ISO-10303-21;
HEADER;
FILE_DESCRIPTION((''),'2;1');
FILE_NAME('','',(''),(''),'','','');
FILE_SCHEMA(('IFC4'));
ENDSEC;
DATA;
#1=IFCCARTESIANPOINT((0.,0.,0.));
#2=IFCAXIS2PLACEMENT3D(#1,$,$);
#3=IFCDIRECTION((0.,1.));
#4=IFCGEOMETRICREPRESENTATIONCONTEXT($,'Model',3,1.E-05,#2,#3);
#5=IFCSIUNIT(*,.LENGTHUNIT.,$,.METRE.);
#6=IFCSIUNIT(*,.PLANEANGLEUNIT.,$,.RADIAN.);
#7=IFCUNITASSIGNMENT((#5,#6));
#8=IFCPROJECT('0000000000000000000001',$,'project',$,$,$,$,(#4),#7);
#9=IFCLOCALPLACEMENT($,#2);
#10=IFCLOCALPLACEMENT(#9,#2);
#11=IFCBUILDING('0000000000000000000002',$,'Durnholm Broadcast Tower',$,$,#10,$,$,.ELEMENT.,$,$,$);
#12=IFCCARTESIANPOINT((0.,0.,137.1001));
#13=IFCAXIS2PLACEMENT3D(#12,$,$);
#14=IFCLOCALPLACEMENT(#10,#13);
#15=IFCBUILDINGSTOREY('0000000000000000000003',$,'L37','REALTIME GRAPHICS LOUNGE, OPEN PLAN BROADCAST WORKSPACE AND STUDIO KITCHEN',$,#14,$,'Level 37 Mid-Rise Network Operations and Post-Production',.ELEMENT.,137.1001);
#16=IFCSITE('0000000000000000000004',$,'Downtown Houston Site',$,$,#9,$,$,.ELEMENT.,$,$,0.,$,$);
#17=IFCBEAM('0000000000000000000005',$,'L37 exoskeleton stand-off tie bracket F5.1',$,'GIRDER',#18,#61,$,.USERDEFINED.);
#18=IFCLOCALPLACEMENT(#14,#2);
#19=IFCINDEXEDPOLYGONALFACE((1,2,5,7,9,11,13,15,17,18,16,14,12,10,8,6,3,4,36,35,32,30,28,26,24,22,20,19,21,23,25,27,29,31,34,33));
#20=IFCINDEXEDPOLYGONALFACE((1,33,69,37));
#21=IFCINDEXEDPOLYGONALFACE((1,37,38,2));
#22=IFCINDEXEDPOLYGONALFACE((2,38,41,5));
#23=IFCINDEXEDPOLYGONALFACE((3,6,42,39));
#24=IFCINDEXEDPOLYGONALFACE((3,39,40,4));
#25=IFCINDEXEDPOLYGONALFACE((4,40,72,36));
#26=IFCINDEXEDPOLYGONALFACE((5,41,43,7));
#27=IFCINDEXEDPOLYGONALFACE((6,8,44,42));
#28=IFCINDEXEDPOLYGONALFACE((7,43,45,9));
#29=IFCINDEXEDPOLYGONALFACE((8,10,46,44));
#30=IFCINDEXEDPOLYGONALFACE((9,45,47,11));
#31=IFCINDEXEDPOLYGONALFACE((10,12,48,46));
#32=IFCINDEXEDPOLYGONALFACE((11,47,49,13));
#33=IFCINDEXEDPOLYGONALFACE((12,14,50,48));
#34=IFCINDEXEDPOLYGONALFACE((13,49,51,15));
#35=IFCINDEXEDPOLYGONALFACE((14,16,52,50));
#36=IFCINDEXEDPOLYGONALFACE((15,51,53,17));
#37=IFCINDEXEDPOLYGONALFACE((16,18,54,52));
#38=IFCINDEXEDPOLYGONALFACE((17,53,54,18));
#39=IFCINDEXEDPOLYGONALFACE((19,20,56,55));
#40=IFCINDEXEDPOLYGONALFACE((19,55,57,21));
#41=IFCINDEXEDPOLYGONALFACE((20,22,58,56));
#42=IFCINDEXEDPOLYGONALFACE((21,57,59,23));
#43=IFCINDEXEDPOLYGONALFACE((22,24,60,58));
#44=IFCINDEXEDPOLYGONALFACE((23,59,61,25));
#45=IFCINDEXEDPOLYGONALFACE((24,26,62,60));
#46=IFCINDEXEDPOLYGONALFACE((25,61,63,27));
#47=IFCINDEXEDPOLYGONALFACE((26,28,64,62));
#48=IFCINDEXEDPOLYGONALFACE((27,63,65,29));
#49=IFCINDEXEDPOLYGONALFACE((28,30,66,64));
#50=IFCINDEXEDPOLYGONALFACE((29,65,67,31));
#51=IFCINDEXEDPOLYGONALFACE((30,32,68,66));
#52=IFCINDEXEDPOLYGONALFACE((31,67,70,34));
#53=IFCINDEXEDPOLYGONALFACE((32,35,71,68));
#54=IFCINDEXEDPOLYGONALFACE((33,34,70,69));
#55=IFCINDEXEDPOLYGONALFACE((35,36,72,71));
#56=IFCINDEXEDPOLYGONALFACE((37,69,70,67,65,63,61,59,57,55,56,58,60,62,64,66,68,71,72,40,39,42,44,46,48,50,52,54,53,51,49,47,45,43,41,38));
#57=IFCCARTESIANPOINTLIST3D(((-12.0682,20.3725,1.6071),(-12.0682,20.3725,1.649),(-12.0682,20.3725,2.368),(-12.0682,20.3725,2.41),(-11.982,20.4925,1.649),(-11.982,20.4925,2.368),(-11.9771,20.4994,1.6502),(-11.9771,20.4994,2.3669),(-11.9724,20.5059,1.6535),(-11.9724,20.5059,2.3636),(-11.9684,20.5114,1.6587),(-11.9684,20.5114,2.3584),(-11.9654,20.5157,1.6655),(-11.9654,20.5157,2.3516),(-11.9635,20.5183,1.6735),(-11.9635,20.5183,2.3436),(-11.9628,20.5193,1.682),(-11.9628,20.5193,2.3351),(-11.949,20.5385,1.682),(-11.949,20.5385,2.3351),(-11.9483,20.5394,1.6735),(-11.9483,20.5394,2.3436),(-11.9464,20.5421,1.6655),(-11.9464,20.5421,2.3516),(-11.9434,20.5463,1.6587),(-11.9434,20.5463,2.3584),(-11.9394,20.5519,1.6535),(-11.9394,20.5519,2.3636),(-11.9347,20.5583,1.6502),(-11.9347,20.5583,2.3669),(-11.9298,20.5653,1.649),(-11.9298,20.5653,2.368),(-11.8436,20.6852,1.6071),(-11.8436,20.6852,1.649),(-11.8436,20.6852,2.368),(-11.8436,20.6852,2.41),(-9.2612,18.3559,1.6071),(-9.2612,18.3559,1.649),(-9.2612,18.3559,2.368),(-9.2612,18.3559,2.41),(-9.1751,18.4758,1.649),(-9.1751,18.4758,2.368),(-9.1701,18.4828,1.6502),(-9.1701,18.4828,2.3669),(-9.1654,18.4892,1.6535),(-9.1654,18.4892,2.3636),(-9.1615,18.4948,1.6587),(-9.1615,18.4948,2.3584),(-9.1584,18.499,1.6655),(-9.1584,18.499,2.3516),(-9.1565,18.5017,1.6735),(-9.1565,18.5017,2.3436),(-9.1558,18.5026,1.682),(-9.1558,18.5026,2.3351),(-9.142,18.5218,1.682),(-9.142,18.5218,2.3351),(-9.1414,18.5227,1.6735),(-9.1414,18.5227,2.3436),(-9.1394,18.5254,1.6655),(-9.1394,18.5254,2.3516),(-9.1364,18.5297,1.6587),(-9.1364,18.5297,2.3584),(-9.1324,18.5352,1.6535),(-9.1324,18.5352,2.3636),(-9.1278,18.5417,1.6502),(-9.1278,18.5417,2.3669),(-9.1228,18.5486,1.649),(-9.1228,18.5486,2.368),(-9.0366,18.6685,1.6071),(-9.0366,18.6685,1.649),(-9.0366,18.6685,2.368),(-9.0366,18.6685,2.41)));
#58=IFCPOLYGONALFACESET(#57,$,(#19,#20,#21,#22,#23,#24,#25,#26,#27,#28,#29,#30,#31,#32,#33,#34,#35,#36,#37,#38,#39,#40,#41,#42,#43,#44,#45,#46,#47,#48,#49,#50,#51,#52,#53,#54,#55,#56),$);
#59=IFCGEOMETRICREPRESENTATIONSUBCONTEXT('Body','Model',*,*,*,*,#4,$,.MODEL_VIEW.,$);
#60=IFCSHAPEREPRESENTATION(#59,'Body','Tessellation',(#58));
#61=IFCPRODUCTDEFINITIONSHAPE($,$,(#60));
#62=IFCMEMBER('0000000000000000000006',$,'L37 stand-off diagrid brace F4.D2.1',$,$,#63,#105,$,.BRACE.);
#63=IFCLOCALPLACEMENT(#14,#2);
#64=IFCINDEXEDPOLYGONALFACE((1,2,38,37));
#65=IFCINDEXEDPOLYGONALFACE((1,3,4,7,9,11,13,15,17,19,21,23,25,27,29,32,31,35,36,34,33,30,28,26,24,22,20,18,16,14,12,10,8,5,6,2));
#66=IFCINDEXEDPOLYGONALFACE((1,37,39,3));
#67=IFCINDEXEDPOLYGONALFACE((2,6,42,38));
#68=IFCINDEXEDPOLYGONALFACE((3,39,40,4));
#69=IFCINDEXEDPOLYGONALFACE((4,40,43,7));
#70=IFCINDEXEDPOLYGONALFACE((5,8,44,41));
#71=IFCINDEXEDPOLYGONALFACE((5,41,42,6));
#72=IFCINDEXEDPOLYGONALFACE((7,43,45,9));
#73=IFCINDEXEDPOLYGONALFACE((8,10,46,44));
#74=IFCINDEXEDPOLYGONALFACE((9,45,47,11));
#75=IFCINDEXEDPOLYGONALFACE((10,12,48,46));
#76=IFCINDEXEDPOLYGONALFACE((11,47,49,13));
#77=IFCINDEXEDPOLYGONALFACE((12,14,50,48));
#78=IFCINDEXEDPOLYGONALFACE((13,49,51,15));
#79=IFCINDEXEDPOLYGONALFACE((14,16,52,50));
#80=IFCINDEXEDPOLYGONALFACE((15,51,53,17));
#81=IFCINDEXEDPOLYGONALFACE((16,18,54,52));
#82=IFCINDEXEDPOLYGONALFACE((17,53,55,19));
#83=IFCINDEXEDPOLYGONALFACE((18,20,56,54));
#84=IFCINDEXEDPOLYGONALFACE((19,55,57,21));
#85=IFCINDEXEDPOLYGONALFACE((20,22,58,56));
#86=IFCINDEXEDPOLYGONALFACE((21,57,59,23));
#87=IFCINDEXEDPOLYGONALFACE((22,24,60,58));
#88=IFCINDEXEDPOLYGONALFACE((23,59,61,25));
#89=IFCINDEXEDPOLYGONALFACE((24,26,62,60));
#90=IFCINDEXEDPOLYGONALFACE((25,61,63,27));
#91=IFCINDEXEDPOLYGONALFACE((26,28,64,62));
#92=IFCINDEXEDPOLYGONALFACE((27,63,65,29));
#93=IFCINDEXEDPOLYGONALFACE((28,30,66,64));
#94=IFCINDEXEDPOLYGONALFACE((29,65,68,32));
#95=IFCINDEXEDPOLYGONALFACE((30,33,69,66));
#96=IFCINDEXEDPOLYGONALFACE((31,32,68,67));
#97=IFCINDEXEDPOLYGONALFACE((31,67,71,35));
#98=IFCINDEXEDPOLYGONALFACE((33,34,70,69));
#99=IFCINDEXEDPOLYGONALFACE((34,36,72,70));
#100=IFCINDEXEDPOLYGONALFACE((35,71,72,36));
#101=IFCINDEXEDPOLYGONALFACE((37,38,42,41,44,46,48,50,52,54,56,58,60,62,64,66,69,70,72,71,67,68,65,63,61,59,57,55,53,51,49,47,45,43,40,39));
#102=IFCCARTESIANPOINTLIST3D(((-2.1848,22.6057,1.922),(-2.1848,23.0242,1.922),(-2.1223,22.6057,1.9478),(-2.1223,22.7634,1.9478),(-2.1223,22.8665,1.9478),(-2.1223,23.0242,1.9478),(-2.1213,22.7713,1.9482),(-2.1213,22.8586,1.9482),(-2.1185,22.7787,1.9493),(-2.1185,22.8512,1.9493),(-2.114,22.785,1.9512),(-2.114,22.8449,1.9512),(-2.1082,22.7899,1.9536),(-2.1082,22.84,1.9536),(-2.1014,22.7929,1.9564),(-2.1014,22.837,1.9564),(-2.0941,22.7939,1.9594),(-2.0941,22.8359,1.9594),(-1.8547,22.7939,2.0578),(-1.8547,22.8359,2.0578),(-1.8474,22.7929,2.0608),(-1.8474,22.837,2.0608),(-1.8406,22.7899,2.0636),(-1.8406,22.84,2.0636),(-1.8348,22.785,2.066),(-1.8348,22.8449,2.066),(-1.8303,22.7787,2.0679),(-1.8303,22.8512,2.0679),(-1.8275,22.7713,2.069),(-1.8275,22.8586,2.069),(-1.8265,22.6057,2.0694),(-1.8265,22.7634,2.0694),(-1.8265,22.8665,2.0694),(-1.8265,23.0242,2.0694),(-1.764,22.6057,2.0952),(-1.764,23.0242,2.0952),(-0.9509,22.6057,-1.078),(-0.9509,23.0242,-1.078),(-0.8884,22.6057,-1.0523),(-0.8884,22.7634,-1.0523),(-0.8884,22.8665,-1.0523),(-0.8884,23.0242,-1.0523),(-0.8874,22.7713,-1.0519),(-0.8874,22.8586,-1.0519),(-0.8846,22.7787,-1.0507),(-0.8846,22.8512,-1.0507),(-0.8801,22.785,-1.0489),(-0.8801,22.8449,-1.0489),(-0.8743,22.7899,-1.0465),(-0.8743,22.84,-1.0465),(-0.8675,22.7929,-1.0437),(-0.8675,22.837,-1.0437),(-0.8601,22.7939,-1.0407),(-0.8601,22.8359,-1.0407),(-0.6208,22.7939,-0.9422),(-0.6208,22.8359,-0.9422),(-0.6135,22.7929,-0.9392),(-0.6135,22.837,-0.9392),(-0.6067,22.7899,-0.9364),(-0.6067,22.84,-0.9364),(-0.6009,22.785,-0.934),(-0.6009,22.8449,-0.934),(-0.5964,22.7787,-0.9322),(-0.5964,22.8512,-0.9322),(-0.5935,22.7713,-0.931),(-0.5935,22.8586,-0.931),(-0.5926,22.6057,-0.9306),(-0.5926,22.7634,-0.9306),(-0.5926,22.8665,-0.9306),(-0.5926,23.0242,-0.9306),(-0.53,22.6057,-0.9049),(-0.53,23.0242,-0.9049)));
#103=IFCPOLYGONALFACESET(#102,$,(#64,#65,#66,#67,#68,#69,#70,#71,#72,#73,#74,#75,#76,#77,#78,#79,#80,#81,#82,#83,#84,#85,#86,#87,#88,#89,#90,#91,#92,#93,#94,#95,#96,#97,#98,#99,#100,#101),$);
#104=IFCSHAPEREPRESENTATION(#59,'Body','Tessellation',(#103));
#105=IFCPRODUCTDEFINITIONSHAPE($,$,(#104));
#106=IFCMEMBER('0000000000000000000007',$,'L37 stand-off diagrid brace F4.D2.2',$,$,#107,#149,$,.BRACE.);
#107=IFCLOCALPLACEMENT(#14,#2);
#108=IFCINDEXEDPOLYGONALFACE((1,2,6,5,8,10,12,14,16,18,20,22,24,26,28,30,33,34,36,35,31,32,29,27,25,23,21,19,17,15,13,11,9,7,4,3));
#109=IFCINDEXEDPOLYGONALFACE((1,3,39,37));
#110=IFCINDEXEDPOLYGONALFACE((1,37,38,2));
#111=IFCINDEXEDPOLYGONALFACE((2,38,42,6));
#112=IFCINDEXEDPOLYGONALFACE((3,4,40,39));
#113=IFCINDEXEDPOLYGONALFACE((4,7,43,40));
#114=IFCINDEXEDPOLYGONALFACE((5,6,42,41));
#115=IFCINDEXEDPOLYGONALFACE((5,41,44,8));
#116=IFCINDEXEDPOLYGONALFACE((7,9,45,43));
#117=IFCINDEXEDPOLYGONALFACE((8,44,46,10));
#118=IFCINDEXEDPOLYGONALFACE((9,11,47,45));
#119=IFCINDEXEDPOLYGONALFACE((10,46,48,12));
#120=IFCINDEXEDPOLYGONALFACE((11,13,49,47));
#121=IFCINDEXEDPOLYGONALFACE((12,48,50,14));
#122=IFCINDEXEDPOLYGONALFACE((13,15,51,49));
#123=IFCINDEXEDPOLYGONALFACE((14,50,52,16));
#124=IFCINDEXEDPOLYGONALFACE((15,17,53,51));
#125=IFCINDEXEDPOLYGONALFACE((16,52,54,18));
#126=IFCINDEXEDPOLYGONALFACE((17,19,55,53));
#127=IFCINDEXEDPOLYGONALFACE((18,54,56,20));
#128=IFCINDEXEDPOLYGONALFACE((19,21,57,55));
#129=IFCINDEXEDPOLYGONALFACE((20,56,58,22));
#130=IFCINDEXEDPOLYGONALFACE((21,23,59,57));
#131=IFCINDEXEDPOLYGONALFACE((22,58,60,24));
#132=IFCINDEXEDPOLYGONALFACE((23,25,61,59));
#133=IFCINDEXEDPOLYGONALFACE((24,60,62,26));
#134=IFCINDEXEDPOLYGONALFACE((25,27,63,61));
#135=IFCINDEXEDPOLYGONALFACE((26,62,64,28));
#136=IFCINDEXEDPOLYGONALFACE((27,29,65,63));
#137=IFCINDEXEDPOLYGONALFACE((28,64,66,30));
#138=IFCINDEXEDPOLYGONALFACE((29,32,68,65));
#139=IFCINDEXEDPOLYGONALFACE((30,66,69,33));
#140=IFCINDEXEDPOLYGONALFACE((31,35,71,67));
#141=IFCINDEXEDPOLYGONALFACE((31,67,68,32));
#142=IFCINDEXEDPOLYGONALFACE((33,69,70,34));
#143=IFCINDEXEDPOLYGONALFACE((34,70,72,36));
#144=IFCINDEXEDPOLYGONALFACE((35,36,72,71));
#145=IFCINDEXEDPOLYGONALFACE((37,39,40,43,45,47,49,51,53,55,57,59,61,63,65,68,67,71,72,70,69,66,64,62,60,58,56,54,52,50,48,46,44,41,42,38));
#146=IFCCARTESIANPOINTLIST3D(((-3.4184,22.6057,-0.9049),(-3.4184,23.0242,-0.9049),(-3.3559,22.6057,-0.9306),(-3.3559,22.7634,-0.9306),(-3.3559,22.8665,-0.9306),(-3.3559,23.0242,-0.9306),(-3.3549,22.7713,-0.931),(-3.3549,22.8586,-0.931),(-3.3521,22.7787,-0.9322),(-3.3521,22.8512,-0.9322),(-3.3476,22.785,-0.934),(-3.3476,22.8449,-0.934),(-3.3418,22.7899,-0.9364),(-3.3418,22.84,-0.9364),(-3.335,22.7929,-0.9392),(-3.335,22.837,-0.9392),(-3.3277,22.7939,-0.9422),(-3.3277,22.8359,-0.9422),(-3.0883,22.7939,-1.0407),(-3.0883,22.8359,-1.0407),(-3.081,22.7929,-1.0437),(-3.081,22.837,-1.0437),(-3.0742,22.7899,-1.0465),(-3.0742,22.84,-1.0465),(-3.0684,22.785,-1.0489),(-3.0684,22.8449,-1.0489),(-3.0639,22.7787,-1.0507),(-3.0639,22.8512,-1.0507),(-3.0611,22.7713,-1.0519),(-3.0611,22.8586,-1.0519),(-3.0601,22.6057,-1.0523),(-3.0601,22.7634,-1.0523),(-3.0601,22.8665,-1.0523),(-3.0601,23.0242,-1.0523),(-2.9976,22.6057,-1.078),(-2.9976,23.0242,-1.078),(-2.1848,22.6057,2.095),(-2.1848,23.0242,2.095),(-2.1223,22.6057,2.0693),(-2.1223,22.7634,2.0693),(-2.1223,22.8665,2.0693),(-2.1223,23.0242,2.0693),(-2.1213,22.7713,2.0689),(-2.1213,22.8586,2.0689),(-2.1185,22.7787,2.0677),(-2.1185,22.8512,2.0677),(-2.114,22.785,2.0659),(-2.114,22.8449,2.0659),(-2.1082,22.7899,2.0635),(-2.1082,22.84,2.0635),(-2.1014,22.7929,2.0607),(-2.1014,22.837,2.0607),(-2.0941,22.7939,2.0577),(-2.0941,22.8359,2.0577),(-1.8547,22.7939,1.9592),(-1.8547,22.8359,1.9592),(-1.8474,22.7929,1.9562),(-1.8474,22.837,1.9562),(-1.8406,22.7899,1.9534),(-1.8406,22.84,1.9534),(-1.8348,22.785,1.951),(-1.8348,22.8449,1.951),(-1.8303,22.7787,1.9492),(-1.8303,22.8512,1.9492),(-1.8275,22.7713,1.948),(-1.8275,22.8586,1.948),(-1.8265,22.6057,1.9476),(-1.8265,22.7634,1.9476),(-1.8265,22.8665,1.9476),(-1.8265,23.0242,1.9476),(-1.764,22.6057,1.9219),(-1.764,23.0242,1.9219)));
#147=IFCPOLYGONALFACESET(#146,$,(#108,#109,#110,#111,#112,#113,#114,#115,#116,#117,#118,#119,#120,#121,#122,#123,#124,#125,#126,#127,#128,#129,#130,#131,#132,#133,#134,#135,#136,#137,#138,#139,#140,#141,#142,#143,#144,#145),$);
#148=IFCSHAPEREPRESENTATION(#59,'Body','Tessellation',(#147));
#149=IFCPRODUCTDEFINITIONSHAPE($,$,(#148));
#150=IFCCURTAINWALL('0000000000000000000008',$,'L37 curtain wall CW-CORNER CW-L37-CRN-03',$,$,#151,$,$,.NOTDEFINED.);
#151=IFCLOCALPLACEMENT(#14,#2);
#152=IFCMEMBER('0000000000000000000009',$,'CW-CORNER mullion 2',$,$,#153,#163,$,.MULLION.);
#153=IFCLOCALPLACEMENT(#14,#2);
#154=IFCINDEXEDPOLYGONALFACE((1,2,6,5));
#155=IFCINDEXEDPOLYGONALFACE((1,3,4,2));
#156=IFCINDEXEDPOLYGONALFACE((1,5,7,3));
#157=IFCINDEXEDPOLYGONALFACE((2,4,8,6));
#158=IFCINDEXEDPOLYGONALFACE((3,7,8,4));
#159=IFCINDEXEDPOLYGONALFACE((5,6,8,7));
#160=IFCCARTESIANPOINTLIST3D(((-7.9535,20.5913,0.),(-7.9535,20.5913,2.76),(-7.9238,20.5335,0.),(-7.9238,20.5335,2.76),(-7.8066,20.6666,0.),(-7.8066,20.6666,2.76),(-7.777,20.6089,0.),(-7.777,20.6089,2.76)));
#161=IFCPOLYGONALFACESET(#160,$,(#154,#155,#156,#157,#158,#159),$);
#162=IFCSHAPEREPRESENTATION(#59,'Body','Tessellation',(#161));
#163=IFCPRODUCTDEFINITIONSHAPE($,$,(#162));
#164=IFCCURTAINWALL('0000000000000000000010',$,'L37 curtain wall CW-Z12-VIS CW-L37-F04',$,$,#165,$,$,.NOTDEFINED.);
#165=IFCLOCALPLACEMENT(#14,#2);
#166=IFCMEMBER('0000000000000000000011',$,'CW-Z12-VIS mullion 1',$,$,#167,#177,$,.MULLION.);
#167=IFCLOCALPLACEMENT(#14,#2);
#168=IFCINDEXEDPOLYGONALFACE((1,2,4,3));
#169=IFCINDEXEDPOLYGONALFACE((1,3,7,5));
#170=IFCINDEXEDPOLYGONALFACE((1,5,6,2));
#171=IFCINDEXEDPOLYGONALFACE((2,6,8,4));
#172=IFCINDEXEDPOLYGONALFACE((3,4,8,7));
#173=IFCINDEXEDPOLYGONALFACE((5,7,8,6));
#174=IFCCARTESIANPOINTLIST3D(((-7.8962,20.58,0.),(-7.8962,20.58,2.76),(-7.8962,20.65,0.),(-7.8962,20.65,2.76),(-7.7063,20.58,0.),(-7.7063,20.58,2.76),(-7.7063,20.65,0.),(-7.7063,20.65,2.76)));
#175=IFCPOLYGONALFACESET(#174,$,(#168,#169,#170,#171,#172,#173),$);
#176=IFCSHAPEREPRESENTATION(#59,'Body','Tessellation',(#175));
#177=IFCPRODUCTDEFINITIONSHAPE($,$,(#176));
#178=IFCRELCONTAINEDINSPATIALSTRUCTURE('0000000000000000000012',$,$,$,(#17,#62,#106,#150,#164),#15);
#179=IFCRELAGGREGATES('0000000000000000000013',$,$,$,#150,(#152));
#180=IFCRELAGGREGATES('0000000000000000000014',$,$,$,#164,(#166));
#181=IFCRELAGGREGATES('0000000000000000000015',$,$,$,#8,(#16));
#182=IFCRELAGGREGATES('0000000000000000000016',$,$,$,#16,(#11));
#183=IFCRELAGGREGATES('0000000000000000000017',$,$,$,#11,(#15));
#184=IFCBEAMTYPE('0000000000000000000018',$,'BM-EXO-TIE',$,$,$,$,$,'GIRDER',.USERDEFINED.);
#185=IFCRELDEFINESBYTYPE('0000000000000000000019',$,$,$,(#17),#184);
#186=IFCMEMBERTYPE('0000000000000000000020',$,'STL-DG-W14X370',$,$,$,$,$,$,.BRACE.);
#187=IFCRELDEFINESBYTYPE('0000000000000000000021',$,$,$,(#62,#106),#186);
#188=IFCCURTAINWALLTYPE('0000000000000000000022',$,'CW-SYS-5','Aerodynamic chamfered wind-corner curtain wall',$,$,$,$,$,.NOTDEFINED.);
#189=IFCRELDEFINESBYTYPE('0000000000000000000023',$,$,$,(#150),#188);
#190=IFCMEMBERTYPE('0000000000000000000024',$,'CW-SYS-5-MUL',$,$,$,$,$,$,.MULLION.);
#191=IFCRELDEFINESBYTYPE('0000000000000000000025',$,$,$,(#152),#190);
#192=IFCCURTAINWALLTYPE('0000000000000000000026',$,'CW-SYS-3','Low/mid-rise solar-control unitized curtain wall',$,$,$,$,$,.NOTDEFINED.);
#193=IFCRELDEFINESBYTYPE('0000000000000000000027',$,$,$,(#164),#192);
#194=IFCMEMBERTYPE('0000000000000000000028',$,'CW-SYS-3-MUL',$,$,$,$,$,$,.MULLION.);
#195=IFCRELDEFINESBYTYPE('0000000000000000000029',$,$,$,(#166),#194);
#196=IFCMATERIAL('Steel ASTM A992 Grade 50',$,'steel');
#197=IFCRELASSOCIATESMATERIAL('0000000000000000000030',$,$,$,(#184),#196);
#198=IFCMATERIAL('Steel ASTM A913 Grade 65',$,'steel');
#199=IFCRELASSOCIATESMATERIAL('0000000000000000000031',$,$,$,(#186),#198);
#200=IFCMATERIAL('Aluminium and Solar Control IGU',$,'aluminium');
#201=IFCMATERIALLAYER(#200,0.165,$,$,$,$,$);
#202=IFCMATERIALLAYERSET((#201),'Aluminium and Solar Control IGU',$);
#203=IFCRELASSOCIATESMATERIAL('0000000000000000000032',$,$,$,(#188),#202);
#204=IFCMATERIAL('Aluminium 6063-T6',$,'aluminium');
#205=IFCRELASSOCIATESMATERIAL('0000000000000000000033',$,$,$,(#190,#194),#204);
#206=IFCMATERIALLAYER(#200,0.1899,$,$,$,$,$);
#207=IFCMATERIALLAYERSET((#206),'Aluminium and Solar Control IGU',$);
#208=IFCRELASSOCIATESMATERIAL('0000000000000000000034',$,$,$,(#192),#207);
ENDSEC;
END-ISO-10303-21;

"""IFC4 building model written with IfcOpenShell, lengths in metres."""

from ifc_helpers import new_model, si_unit, direction, frame, origin, origin_2d, place, context, subcontext, project, spatial, rectangle, i_section, extrude, source, transform, mapped, material, layer, layer_set, material_profile, profile_set, type_object, type_shapes, element, aggregate, save


model = new_model("IFC4")

# Units and contexts
model_context = context("Model", 3, precision=1e-05, world=origin(), true_north=direction((0.0, 1.0)))
body_context = subcontext(model_context, "Body", "Model", "MODEL_VIEW")
ifc_project = project(units=[si_unit("LENGTHUNIT", "METRE"), si_unit("PLANEANGLEUNIT", "RADIAN")], contexts=[model_context])

# Site, building, storey
site_placement = place(None, origin())
site = spatial("IfcSite", under=ifc_project, at=site_placement, Name="Downtown Houston Site", CompositionType="ELEMENT", RefElevation=0.0)
building_placement = place(site_placement, origin())
building = spatial("IfcBuilding", under=site, at=building_placement, Name="Durnholm Broadcast Tower", CompositionType="ELEMENT")
storey_placement = place(building_placement, frame((0.0, 0.0, 137.1001)))
storey = spatial("IfcBuildingStorey", under=building, at=storey_placement, Name="L37", Description="REALTIME GRAPHICS LOUNGE, OPEN PLAN BROADCAST WORKSPACE AND STUDIO KITCHEN", LongName="Level 37 Mid-Rise Network Operations and Post-Production", CompositionType="ELEMENT", Elevation=137.1001)

# Beam
ifc_material_1 = material(Name="Steel ASTM A992 Grade 50", Category="steel")
ifc_material_profile_1 = material_profile(ifc_material_1, i_section(OverallWidth=0.385, OverallDepth=0.803, WebThickness=0.0237, FlangeThickness=0.042, FilletRadius=0.033, at=origin_2d()), Name="W30X261")
ifc_profile_set_1 = profile_set([ifc_material_profile_1], Name="Steel ASTM A992 Grade 50")
beam_type_1 = type_object("IfcBeamType", Name="BM-EXO-TIE", ElementType="GIRDER", PredefinedType="USERDEFINED", material=ifc_profile_set_1)
shared_shape_1 = source(origin(), body_context, "Body", "SweptSolid", [
    extrude(i_section(OverallWidth=0.385, OverallDepth=0.803, WebThickness=0.0237, FlangeThickness=0.042, FilletRadius=0.033, at=origin_2d()), origin(), (0.0, 0.0, 1.0), 3.4563),
])
beam_1_placement = place(storey_placement, frame((-9.1489, 18.5122, 2.0085), z_axis=(-0.812131, 0.583474, 0.0), x_axis=(-0.583474, -0.812131, 0.0)))
element("IfcBeam", 1, at=beam_1_placement, inside=storey, type_object=beam_type_1, Name="L37 exoskeleton stand-off tie bracket F5.1", ObjectType="GIRDER", PredefinedType="USERDEFINED", context=body_context, shape_type="MappedRepresentation", body=[
    mapped(shared_shape_1, transform((0.0, 0.0, 0.0), x_axis=(1.0, 0.0, 0.0), y_axis=(0.0, 1.0, 0.0), z_axis=(0.0, 0.0, 1.0), scale=1.0)),
])

# Members
ifc_material_2 = material(Name="Steel ASTM A913 Grade 65", Category="steel")
ifc_material_profile_2 = material_profile(ifc_material_2, i_section(OverallWidth=0.4185, OverallDepth=0.4551, WebThickness=0.042, FlangeThickness=0.0676, FilletRadius=0.0305, at=origin_2d()), Name="W14X370")
ifc_profile_set_2 = profile_set([ifc_material_profile_2], Name="Steel ASTM A913 Grade 65")
member_type_1 = type_object("IfcMemberType", Name="STL-DG-W14X370", PredefinedType="BRACE", material=ifc_profile_set_2)
shared_shape_2 = source(origin(), body_context, "Body", "SweptSolid", [
    extrude(i_section(OverallWidth=0.4185, OverallDepth=0.4551, WebThickness=0.042, FlangeThickness=0.0676, FilletRadius=0.0305, at=origin_2d()), origin(), (0.0, 0.0, 1.0), 3.2439),
])
member_1_placement = place(storey_placement, frame((-0.7405, 22.8149, -0.9915), z_axis=(-0.380379, 0.0, 0.924831), x_axis=(0.0, -1.0, 0.0)))
element("IfcMember", 2, at=member_1_placement, inside=storey, type_object=member_type_1, Name="L37 stand-off diagrid brace F4.D2.1", PredefinedType="BRACE", context=body_context, shape_type="MappedRepresentation", body=[
    mapped(shared_shape_2, transform((0.0, 0.0, 0.0), x_axis=(1.0, 0.0, 0.0), y_axis=(0.0, 1.0, 0.0), z_axis=(0.0, 0.0, 1.0), scale=1.0)),
])
shared_shape_3 = source(origin(), body_context, "Body", "SweptSolid", [
    extrude(i_section(OverallWidth=0.4185, OverallDepth=0.4551, WebThickness=0.042, FlangeThickness=0.0676, FilletRadius=0.0305, at=origin_2d()), origin(), (0.0, 0.0, 1.0), 3.2437),
])
type_shapes(member_type_1, [shared_shape_2, shared_shape_3])
member_2_placement = place(storey_placement, frame((-3.208, 22.8149, -0.9915), z_axis=(0.380314, 0.0, 0.924857), x_axis=(0.0, 1.0, 0.0)))
element("IfcMember", 3, at=member_2_placement, inside=storey, type_object=member_type_1, Name="L37 stand-off diagrid brace F4.D2.2", PredefinedType="BRACE", context=body_context, shape_type="MappedRepresentation", body=[
    mapped(shared_shape_3, transform((0.0, 0.0, 0.0), x_axis=(1.0, 0.0, 0.0), y_axis=(0.0, 1.0, 0.0), z_axis=(0.0, 0.0, 1.0), scale=1.0)),
])

# Curtain wall, member
ifc_material_3 = material(Name="Aluminium and Solar Control IGU", Category="aluminium")
ifc_layer_1 = layer(ifc_material_3, 0.165)
ifc_layer_set_1 = layer_set([ifc_layer_1], Name="Aluminium and Solar Control IGU")
curtain_wall_type_1 = type_object("IfcCurtainWallType", Name="CW-SYS-5", Description="Aerodynamic chamfered wind-corner curtain wall", PredefinedType="NOTDEFINED", material=ifc_layer_set_1)
curtain_wall_1_placement = place(storey_placement, origin())
curtain_wall_1 = element("IfcCurtainWall", 4, at=curtain_wall_1_placement, inside=storey, type_object=curtain_wall_type_1, Name="L37 curtain wall CW-CORNER CW-L37-CRN-03", PredefinedType="NOTDEFINED")
ifc_material_4 = material(Name="Aluminium 6063-T6", Category="aluminium")
ifc_material_profile_3 = material_profile(ifc_material_4, rectangle(XDim=0.0649, YDim=0.165, at=origin_2d()), Name="CWM65X165")
ifc_profile_set_3 = profile_set([ifc_material_profile_3], Name="Aluminium 6063-T6")
member_type_2 = type_object("IfcMemberType", Name="CW-SYS-5-MUL", PredefinedType="MULLION", material=ifc_profile_set_3)
shared_shape_4 = source(origin(), body_context, "Body", "SweptSolid", [
    extrude(rectangle(XDim=0.0649, YDim=0.165, at=origin_2d()), origin(), (0.0, 0.0, 1.0), 2.76),
])
type_shapes(member_type_2, [shared_shape_4])
member_3_placement = place(storey_placement, frame((-7.8652, 20.6001, 0.0), z_axis=(0.0, 0.0, 1.0), x_axis=(-0.456373, 0.889788, 0.0)))
member_3 = element("IfcMember", 5, at=member_3_placement, type_object=member_type_2, Name="CW-CORNER mullion 2", PredefinedType="MULLION", context=body_context, shape_type="MappedRepresentation", body=[
    mapped(shared_shape_4, transform((0.0, 0.0, 0.0), x_axis=(1.0, 0.0, 0.0), y_axis=(0.0, 1.0, 0.0), z_axis=(0.0, 0.0, 1.0), scale=1.0)),
])

# Curtain wall, member
ifc_layer_2 = layer(ifc_material_3, 0.1899)
ifc_layer_set_2 = layer_set([ifc_layer_2], Name="Aluminium and Solar Control IGU")
curtain_wall_type_2 = type_object("IfcCurtainWallType", Name="CW-SYS-3", Description="Low/mid-rise solar-control unitized curtain wall", PredefinedType="NOTDEFINED", material=ifc_layer_set_2)
curtain_wall_2_placement = place(storey_placement, origin())
curtain_wall_2 = element("IfcCurtainWall", 6, at=curtain_wall_2_placement, inside=storey, type_object=curtain_wall_type_2, Name="L37 curtain wall CW-Z12-VIS CW-L37-F04", PredefinedType="NOTDEFINED")
ifc_material_profile_4 = material_profile(ifc_material_4, rectangle(XDim=0.0701, YDim=0.1899, at=origin_2d()), Name="CWM70X190")
ifc_profile_set_4 = profile_set([ifc_material_profile_4], Name="Aluminium 6063-T6")
member_type_3 = type_object("IfcMemberType", Name="CW-SYS-3-MUL", PredefinedType="MULLION", material=ifc_profile_set_4)
shared_shape_5 = source(origin(), body_context, "Body", "SweptSolid", [
    extrude(rectangle(XDim=0.0701, YDim=0.1899, at=origin_2d()), origin(), (0.0, 0.0, 1.0), 2.76),
])
type_shapes(member_type_3, [shared_shape_5])
member_4_placement = place(storey_placement, frame((-7.8013, 20.615, 0.0), z_axis=(0.0, 0.0, 1.0), x_axis=(0.0, 1.0, 0.0)))
member_4 = element("IfcMember", 7, at=member_4_placement, type_object=member_type_3, Name="CW-Z12-VIS mullion 1", PredefinedType="MULLION", context=body_context, shape_type="MappedRepresentation", body=[
    mapped(shared_shape_5, transform((0.0, 0.0, 0.0), x_axis=(1.0, 0.0, 0.0), y_axis=(0.0, 1.0, 0.0), z_axis=(0.0, 0.0, 1.0), scale=1.0)),
])

aggregate(curtain_wall_1, [member_3])
aggregate(curtain_wall_2, [member_4])

save(model, "model.ifc")
